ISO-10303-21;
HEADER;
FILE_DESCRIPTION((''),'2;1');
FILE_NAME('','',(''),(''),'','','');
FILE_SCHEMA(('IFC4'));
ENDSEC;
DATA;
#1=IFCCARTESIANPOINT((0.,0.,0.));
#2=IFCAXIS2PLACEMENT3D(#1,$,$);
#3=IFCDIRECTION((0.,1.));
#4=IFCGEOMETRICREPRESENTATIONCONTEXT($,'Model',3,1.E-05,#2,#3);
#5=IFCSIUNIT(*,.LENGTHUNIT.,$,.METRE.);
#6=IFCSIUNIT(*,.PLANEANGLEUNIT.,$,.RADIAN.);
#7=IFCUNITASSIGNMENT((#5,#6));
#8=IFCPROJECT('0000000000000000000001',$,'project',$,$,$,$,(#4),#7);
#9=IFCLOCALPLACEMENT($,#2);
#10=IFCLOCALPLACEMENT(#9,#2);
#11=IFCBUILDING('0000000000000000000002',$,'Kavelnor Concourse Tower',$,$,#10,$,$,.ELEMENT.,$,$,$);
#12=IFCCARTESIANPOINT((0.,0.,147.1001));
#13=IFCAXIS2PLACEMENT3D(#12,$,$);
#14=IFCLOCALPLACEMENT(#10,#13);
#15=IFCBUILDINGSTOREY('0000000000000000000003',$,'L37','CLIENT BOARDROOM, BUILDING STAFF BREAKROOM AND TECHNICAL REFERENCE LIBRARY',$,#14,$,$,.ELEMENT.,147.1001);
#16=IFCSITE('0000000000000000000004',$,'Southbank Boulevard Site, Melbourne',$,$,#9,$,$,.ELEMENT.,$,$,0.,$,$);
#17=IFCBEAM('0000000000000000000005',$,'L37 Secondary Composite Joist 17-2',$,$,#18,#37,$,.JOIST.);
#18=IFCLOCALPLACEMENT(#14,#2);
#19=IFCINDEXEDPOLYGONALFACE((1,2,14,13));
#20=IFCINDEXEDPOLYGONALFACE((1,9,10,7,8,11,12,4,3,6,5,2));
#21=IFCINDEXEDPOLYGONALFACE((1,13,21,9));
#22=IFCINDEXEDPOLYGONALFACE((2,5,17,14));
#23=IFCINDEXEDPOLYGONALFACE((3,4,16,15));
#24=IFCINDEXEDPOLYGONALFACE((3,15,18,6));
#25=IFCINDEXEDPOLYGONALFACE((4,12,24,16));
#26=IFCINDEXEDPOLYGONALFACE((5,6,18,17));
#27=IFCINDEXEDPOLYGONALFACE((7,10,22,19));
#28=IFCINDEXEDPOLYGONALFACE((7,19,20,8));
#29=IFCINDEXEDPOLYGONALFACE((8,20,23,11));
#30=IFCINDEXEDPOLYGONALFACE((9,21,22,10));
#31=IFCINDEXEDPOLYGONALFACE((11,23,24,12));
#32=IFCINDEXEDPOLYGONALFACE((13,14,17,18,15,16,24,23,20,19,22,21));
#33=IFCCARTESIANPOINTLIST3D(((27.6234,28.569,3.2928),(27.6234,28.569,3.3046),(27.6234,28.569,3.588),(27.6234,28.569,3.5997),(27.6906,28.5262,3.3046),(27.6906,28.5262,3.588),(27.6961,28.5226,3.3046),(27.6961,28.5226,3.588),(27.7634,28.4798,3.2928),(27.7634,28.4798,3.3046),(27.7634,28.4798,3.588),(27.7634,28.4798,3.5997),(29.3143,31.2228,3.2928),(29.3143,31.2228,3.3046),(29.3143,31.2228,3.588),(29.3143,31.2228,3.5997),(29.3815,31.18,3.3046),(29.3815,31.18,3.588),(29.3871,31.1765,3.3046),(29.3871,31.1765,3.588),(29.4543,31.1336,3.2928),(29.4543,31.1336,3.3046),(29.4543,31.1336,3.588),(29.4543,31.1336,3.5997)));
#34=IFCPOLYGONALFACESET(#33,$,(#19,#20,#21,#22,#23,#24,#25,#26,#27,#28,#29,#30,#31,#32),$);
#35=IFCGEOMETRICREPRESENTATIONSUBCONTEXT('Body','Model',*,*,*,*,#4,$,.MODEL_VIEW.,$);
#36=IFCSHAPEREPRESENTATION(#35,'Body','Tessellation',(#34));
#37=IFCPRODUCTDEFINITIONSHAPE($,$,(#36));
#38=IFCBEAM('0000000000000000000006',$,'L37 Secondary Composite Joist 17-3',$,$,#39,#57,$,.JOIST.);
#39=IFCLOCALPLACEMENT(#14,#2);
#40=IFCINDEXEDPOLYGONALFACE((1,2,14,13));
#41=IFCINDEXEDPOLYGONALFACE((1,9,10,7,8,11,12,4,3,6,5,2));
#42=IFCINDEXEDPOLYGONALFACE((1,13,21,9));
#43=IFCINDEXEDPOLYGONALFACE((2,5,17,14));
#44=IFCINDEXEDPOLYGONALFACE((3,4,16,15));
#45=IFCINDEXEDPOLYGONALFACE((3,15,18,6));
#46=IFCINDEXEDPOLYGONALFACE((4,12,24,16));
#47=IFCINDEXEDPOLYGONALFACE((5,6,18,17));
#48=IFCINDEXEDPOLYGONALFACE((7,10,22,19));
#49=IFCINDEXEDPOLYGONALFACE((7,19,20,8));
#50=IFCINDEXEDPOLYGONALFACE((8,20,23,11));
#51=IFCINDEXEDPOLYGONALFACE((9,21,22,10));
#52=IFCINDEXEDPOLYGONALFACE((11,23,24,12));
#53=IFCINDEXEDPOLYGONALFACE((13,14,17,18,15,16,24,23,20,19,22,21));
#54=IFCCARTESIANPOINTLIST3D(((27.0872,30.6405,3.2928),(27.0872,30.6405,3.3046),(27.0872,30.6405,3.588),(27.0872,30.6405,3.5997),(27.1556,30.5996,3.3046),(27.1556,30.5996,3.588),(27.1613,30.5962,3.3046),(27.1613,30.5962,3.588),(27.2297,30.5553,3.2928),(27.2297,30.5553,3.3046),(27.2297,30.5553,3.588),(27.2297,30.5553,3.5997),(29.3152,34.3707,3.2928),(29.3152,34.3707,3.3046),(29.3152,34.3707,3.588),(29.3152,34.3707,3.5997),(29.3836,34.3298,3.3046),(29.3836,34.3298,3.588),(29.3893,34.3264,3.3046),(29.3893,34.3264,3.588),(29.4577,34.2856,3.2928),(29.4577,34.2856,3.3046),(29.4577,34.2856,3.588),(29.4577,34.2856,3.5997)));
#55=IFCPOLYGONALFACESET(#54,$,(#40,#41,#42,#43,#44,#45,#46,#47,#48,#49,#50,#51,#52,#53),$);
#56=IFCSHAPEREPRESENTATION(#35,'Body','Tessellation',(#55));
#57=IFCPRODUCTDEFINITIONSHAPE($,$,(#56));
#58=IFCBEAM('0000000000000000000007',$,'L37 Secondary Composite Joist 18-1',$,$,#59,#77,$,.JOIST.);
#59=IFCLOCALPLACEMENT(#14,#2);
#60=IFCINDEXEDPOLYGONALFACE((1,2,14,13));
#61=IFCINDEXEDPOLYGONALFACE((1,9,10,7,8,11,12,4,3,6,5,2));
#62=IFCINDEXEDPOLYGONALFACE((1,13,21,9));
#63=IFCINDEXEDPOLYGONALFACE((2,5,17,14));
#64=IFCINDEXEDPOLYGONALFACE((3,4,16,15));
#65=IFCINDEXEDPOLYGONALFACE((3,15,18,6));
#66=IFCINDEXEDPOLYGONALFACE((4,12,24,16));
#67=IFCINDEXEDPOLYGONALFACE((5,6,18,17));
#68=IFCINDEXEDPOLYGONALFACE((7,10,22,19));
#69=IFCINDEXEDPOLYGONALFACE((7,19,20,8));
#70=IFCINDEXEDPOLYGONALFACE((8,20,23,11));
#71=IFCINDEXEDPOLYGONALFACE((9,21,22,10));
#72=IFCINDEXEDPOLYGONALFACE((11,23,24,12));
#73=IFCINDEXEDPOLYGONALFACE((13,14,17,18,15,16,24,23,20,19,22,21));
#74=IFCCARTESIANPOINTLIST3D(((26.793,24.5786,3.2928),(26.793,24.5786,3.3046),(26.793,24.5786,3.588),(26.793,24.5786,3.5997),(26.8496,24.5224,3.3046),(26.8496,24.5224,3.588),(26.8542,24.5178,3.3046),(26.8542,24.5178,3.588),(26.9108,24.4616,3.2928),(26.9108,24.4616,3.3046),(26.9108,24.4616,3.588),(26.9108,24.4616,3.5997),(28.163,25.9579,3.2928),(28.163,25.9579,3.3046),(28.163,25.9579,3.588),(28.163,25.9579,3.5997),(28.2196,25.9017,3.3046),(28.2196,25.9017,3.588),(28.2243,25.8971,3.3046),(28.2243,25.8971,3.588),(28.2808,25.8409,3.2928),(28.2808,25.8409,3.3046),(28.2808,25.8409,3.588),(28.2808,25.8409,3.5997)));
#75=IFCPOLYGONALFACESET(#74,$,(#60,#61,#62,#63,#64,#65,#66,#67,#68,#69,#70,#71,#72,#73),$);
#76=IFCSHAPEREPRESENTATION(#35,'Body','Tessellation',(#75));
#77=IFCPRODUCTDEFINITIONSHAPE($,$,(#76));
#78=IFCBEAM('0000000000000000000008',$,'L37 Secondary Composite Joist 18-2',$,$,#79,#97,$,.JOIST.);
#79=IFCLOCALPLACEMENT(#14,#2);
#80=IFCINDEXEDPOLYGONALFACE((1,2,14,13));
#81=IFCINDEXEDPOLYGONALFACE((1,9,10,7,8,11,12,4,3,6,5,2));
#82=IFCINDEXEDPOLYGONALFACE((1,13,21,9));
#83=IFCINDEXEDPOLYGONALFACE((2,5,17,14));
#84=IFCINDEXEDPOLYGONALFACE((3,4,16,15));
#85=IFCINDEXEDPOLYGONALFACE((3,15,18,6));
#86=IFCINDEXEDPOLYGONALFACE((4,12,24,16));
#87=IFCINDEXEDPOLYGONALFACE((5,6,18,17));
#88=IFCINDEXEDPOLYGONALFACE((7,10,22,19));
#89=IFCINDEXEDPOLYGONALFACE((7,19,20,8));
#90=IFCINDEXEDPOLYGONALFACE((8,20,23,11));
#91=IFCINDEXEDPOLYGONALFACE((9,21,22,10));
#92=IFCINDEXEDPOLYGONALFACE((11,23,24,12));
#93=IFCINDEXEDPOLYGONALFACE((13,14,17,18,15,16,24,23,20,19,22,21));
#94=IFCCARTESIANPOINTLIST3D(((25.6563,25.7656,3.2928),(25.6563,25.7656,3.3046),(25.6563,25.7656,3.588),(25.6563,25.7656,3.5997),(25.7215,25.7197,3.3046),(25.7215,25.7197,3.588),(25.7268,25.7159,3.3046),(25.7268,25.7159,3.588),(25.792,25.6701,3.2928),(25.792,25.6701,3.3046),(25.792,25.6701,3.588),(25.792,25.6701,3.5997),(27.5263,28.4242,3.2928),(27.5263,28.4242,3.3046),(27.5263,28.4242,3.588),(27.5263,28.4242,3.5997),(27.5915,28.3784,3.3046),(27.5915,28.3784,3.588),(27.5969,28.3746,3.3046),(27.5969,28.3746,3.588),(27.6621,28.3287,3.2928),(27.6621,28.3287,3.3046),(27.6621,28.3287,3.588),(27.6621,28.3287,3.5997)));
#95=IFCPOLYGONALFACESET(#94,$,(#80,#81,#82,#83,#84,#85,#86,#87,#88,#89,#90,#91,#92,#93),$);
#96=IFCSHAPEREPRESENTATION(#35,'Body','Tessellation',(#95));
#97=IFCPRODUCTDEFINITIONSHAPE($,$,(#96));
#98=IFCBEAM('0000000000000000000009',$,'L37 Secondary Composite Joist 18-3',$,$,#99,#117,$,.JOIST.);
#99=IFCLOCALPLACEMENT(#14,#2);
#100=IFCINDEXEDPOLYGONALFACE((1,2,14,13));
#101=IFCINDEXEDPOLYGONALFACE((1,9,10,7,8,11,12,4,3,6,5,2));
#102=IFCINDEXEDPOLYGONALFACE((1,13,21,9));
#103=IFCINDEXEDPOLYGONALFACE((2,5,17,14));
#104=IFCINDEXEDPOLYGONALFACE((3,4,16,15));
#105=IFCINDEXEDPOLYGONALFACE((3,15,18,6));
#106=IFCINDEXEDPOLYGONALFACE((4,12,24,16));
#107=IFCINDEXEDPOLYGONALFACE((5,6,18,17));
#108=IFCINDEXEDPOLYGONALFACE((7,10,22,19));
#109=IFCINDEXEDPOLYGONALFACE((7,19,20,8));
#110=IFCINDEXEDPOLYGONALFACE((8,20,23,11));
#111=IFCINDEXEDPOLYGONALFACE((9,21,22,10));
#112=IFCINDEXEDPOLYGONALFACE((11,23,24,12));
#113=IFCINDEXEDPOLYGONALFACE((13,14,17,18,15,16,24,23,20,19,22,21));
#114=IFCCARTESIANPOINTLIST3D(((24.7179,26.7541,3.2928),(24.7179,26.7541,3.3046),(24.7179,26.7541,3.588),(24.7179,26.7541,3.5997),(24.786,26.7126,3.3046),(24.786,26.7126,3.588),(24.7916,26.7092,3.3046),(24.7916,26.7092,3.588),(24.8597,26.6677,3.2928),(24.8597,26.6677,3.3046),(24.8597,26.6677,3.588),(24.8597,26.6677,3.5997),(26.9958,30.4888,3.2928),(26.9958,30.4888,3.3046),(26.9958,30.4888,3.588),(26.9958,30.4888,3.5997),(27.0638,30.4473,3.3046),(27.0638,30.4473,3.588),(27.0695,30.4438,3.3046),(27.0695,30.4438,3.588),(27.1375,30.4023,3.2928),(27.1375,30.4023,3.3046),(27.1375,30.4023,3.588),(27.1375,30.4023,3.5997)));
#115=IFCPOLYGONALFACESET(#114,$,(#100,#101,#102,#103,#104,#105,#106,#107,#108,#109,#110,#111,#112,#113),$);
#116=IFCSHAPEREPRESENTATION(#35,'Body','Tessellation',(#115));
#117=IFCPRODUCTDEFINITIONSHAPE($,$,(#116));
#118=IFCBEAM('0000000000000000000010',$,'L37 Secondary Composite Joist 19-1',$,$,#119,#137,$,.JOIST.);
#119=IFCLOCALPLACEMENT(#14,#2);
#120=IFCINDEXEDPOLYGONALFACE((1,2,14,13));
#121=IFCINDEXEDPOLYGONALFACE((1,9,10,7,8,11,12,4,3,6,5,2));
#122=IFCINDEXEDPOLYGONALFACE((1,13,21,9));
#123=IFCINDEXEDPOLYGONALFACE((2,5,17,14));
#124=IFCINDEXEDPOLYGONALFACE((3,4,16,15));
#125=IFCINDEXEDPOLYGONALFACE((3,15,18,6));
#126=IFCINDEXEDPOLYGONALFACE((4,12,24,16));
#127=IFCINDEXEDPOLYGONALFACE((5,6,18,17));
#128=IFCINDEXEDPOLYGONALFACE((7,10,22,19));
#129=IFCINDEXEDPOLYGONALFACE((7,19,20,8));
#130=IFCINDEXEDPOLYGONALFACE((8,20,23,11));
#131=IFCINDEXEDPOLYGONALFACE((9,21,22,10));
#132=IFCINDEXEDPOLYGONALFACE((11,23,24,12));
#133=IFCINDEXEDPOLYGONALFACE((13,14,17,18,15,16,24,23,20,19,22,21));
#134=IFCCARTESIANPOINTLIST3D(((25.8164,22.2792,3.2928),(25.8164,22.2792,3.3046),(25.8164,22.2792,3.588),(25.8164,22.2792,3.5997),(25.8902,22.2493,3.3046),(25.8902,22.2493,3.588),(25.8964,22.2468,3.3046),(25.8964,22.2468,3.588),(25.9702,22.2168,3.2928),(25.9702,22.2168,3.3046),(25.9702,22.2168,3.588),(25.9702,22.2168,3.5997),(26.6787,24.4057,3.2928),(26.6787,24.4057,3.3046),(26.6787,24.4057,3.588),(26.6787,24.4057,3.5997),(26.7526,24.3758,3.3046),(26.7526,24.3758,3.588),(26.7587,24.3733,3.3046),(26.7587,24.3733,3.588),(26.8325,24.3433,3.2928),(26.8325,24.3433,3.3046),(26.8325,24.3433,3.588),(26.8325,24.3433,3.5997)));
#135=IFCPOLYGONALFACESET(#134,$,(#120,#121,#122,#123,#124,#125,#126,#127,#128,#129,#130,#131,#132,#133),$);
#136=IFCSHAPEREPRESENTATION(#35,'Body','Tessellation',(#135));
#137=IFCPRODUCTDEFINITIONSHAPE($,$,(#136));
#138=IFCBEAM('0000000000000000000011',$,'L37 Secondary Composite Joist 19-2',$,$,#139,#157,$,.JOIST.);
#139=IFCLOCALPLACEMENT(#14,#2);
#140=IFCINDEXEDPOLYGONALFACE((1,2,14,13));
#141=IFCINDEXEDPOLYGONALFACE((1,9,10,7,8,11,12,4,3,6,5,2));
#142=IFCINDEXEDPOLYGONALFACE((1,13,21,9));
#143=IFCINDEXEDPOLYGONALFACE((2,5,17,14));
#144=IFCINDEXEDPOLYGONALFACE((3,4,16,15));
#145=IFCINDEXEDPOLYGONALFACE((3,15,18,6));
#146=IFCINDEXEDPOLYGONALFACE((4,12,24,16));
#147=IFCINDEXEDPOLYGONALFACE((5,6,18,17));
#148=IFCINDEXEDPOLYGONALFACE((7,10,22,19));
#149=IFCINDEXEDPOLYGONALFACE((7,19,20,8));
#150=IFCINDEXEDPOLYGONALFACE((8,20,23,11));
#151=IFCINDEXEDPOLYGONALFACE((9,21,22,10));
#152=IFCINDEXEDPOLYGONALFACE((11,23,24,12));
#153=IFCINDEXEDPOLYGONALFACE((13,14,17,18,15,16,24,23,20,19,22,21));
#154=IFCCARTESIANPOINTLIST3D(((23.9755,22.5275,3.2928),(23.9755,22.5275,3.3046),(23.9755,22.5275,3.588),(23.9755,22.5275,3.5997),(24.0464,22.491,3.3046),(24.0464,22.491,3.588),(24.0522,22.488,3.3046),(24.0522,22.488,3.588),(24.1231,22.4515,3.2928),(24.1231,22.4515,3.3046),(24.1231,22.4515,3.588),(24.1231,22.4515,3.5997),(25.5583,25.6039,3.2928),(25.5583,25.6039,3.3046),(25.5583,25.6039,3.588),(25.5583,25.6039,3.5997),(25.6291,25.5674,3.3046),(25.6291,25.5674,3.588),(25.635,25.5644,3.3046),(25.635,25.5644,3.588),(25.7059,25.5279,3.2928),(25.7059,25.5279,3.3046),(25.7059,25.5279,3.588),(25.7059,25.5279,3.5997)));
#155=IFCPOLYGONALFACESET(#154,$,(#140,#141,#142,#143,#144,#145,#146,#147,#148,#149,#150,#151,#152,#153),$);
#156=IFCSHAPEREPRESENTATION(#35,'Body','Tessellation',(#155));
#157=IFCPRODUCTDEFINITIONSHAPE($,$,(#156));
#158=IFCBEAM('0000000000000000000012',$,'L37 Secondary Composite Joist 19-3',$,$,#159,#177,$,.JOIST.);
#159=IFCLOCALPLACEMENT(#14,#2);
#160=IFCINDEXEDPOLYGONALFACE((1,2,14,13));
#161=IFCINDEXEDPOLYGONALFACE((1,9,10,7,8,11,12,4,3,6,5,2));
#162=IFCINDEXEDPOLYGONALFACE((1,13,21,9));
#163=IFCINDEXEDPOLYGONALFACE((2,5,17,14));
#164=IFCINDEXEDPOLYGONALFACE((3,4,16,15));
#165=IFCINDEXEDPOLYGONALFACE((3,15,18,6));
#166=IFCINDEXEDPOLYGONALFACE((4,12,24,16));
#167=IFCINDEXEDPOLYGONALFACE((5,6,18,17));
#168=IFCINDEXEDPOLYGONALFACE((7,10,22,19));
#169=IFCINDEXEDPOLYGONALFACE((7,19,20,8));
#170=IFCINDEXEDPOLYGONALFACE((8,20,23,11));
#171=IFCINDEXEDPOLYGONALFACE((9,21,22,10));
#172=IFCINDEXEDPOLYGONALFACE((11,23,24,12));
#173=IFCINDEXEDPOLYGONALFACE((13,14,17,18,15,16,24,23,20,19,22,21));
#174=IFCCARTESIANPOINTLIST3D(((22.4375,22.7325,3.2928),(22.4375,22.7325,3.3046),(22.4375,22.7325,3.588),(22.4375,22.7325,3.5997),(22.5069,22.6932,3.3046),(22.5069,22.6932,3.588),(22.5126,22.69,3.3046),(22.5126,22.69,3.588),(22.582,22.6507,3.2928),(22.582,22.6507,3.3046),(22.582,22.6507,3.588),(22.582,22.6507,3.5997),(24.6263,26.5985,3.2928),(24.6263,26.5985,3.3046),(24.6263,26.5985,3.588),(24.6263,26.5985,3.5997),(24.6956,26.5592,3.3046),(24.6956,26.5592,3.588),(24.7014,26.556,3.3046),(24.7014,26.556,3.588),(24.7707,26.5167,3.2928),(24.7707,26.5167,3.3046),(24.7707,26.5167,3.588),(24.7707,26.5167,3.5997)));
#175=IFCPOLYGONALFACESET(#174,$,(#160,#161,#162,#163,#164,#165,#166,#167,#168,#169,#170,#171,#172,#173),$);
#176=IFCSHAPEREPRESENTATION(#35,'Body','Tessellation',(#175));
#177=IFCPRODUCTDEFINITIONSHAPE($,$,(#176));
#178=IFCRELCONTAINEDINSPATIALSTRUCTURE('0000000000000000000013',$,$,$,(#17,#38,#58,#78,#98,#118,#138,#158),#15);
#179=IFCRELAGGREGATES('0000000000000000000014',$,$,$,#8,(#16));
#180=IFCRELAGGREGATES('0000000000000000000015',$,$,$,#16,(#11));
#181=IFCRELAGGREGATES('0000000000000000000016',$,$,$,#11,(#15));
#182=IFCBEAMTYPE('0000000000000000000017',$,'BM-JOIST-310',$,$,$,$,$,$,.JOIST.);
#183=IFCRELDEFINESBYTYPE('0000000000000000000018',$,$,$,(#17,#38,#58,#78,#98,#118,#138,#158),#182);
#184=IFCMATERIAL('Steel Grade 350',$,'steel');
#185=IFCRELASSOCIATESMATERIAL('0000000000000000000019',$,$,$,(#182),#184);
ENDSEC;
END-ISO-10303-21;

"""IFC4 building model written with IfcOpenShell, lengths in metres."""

from ifc_helpers import new_model, si_unit, direction, frame, origin, origin_2d, place, context, subcontext, project, spatial, i_section, extrude, material, material_profile, profile_set, type_object, element, save


model = new_model("IFC4")

# Units and contexts
model_context = context("Model", 3, precision=1e-05, world=origin(), true_north=direction((0.0, 1.0)))
body_context = subcontext(model_context, "Body", "Model", "MODEL_VIEW")
ifc_project = project(units=[si_unit("LENGTHUNIT", "METRE"), si_unit("PLANEANGLEUNIT", "RADIAN")], contexts=[model_context])

# Site, building, storey
site_placement = place(None, origin())
site = spatial("IfcSite", under=ifc_project, at=site_placement, Name="Southbank Boulevard Site, Melbourne", CompositionType="ELEMENT", RefElevation=0.0)
building_placement = place(site_placement, origin())
building = spatial("IfcBuilding", under=site, at=building_placement, Name="Kavelnor Concourse Tower", CompositionType="ELEMENT")
storey_placement = place(building_placement, frame((0.0, 0.0, 147.1001)))
storey = spatial("IfcBuildingStorey", under=building, at=storey_placement, Name="L37", Description="CLIENT BOARDROOM, BUILDING STAFF BREAKROOM AND TECHNICAL REFERENCE LIBRARY", CompositionType="ELEMENT", Elevation=147.1001)

# Shared definitions
ifc_material_1 = material(Name="Steel Grade 350", Category="steel")

# Beams
ifc_material_profile_1 = material_profile(ifc_material_1, i_section(OverallWidth=0.166, OverallDepth=0.3069, WebThickness=0.0066, FlangeThickness=0.0117, at=origin_2d()), Name="310UB46")
ifc_profile_set_1 = profile_set([ifc_material_profile_1], Name="Steel Grade 350")
beam_type_1 = type_object("IfcBeamType", Name="BM-JOIST-310", PredefinedType="JOIST", material=ifc_profile_set_1)
beam_1_placement = place(storey_placement, frame((29.3843, 31.1782, 3.4463), z_axis=(-0.537357, -0.843355, 0.0), x_axis=(0.843355, -0.537357, 0.0)))
element("IfcBeam", 1, at=beam_1_placement, inside=storey, type_object=beam_type_1, Name="L37 Secondary Composite Joist 17-2", PredefinedType="JOIST", context=body_context, shape_type="SweptSolid", body=[
    extrude(i_section(OverallWidth=0.166, OverallDepth=0.3069, WebThickness=0.0066, FlangeThickness=0.0117, at=origin_2d()), origin(), (0.0, 0.0, 1.0), 3.1467),
])
beam_2_placement = place(storey_placement, frame((29.3865, 34.3281, 3.4463), z_axis=(-0.512784, -0.858518, 0.0), x_axis=(0.858518, -0.512784, 0.0)))
element("IfcBeam", 2, at=beam_2_placement, inside=storey, type_object=beam_type_1, Name="L37 Secondary Composite Joist 17-3", PredefinedType="JOIST", context=body_context, shape_type="SweptSolid", body=[
    extrude(i_section(OverallWidth=0.166, OverallDepth=0.3069, WebThickness=0.0066, FlangeThickness=0.0117, at=origin_2d()), origin(), (0.0, 0.0, 1.0), 4.345),
])
beam_3_placement = place(storey_placement, frame((28.2219, 25.8994, 3.4463), z_axis=(-0.704717, -0.709489, 0.0), x_axis=(0.709489, -0.704717, 0.0)))
element("IfcBeam", 3, at=beam_3_placement, inside=storey, type_object=beam_type_1, Name="L37 Secondary Composite Joist 18-1", PredefinedType="JOIST", context=body_context, shape_type="SweptSolid", body=[
    extrude(i_section(OverallWidth=0.166, OverallDepth=0.3069, WebThickness=0.0066, FlangeThickness=0.0117, at=origin_2d()), origin(), (0.0, 0.0, 1.0), 1.9441),
])
beam_4_placement = place(storey_placement, frame((27.5942, 28.3765, 3.4463), z_axis=(-0.575326, -0.817924, 0.0), x_axis=(0.817924, -0.575326, 0.0)))
element("IfcBeam", 4, at=beam_4_placement, inside=storey, type_object=beam_type_1, Name="L37 Secondary Composite Joist 18-2", PredefinedType="JOIST", context=body_context, shape_type="SweptSolid", body=[
    extrude(i_section(OverallWidth=0.166, OverallDepth=0.3069, WebThickness=0.0066, FlangeThickness=0.0117, at=origin_2d()), origin(), (0.0, 0.0, 1.0), 3.2505),
])
beam_5_placement = place(storey_placement, frame((27.0667, 30.4456, 3.4463), z_axis=(-0.520712, -0.853733, 0.0), x_axis=(0.853733, -0.520712, 0.0)))
element("IfcBeam", 5, at=beam_5_placement, inside=storey, type_object=beam_type_1, Name="L37 Secondary Composite Joist 18-3", PredefinedType="JOIST", context=body_context, shape_type="SweptSolid", body=[
    extrude(i_section(OverallWidth=0.166, OverallDepth=0.3069, WebThickness=0.0066, FlangeThickness=0.0117, at=origin_2d()), origin(), (0.0, 0.0, 1.0), 4.3745),
])
beam_6_placement = place(storey_placement, frame((26.7556, 24.3745, 3.4463), z_axis=(-0.375789, -0.926705, 0.0), x_axis=(0.926705, -0.375789, 0.0)))
element("IfcBeam", 6, at=beam_6_placement, inside=storey, type_object=beam_type_1, Name="L37 Secondary Composite Joist 19-1", PredefinedType="JOIST", context=body_context, shape_type="SweptSolid", body=[
    extrude(i_section(OverallWidth=0.166, OverallDepth=0.3069, WebThickness=0.0066, FlangeThickness=0.0117, at=origin_2d()), origin(), (0.0, 0.0, 1.0), 2.2947),
])
beam_7_placement = place(storey_placement, frame((25.6321, 25.5659, 3.4463), z_axis=(-0.457487, -0.889216, 0.0), x_axis=(0.889216, -0.457487, 0.0)))
element("IfcBeam", 7, at=beam_7_placement, inside=storey, type_object=beam_type_1, Name="L37 Secondary Composite Joist 19-2", PredefinedType="JOIST", context=body_context, shape_type="SweptSolid", body=[
    extrude(i_section(OverallWidth=0.166, OverallDepth=0.3069, WebThickness=0.0066, FlangeThickness=0.0117, at=origin_2d()), origin(), (0.0, 0.0, 1.0), 3.4597),
])
beam_8_placement = place(storey_placement, frame((24.6985, 26.5576, 3.4463), z_axis=(-0.492673, -0.870215, 0.0), x_axis=(0.870215, -0.492673, 0.0)))
element("IfcBeam", 8, at=beam_8_placement, inside=storey, type_object=beam_type_1, Name="L37 Secondary Composite Joist 19-3", PredefinedType="JOIST", context=body_context, shape_type="SweptSolid", body=[
    extrude(i_section(OverallWidth=0.166, OverallDepth=0.3069, WebThickness=0.0066, FlangeThickness=0.0117, at=origin_2d()), origin(), (0.0, 0.0, 1.0), 4.4426),
])

save(model, "model.ifc")
